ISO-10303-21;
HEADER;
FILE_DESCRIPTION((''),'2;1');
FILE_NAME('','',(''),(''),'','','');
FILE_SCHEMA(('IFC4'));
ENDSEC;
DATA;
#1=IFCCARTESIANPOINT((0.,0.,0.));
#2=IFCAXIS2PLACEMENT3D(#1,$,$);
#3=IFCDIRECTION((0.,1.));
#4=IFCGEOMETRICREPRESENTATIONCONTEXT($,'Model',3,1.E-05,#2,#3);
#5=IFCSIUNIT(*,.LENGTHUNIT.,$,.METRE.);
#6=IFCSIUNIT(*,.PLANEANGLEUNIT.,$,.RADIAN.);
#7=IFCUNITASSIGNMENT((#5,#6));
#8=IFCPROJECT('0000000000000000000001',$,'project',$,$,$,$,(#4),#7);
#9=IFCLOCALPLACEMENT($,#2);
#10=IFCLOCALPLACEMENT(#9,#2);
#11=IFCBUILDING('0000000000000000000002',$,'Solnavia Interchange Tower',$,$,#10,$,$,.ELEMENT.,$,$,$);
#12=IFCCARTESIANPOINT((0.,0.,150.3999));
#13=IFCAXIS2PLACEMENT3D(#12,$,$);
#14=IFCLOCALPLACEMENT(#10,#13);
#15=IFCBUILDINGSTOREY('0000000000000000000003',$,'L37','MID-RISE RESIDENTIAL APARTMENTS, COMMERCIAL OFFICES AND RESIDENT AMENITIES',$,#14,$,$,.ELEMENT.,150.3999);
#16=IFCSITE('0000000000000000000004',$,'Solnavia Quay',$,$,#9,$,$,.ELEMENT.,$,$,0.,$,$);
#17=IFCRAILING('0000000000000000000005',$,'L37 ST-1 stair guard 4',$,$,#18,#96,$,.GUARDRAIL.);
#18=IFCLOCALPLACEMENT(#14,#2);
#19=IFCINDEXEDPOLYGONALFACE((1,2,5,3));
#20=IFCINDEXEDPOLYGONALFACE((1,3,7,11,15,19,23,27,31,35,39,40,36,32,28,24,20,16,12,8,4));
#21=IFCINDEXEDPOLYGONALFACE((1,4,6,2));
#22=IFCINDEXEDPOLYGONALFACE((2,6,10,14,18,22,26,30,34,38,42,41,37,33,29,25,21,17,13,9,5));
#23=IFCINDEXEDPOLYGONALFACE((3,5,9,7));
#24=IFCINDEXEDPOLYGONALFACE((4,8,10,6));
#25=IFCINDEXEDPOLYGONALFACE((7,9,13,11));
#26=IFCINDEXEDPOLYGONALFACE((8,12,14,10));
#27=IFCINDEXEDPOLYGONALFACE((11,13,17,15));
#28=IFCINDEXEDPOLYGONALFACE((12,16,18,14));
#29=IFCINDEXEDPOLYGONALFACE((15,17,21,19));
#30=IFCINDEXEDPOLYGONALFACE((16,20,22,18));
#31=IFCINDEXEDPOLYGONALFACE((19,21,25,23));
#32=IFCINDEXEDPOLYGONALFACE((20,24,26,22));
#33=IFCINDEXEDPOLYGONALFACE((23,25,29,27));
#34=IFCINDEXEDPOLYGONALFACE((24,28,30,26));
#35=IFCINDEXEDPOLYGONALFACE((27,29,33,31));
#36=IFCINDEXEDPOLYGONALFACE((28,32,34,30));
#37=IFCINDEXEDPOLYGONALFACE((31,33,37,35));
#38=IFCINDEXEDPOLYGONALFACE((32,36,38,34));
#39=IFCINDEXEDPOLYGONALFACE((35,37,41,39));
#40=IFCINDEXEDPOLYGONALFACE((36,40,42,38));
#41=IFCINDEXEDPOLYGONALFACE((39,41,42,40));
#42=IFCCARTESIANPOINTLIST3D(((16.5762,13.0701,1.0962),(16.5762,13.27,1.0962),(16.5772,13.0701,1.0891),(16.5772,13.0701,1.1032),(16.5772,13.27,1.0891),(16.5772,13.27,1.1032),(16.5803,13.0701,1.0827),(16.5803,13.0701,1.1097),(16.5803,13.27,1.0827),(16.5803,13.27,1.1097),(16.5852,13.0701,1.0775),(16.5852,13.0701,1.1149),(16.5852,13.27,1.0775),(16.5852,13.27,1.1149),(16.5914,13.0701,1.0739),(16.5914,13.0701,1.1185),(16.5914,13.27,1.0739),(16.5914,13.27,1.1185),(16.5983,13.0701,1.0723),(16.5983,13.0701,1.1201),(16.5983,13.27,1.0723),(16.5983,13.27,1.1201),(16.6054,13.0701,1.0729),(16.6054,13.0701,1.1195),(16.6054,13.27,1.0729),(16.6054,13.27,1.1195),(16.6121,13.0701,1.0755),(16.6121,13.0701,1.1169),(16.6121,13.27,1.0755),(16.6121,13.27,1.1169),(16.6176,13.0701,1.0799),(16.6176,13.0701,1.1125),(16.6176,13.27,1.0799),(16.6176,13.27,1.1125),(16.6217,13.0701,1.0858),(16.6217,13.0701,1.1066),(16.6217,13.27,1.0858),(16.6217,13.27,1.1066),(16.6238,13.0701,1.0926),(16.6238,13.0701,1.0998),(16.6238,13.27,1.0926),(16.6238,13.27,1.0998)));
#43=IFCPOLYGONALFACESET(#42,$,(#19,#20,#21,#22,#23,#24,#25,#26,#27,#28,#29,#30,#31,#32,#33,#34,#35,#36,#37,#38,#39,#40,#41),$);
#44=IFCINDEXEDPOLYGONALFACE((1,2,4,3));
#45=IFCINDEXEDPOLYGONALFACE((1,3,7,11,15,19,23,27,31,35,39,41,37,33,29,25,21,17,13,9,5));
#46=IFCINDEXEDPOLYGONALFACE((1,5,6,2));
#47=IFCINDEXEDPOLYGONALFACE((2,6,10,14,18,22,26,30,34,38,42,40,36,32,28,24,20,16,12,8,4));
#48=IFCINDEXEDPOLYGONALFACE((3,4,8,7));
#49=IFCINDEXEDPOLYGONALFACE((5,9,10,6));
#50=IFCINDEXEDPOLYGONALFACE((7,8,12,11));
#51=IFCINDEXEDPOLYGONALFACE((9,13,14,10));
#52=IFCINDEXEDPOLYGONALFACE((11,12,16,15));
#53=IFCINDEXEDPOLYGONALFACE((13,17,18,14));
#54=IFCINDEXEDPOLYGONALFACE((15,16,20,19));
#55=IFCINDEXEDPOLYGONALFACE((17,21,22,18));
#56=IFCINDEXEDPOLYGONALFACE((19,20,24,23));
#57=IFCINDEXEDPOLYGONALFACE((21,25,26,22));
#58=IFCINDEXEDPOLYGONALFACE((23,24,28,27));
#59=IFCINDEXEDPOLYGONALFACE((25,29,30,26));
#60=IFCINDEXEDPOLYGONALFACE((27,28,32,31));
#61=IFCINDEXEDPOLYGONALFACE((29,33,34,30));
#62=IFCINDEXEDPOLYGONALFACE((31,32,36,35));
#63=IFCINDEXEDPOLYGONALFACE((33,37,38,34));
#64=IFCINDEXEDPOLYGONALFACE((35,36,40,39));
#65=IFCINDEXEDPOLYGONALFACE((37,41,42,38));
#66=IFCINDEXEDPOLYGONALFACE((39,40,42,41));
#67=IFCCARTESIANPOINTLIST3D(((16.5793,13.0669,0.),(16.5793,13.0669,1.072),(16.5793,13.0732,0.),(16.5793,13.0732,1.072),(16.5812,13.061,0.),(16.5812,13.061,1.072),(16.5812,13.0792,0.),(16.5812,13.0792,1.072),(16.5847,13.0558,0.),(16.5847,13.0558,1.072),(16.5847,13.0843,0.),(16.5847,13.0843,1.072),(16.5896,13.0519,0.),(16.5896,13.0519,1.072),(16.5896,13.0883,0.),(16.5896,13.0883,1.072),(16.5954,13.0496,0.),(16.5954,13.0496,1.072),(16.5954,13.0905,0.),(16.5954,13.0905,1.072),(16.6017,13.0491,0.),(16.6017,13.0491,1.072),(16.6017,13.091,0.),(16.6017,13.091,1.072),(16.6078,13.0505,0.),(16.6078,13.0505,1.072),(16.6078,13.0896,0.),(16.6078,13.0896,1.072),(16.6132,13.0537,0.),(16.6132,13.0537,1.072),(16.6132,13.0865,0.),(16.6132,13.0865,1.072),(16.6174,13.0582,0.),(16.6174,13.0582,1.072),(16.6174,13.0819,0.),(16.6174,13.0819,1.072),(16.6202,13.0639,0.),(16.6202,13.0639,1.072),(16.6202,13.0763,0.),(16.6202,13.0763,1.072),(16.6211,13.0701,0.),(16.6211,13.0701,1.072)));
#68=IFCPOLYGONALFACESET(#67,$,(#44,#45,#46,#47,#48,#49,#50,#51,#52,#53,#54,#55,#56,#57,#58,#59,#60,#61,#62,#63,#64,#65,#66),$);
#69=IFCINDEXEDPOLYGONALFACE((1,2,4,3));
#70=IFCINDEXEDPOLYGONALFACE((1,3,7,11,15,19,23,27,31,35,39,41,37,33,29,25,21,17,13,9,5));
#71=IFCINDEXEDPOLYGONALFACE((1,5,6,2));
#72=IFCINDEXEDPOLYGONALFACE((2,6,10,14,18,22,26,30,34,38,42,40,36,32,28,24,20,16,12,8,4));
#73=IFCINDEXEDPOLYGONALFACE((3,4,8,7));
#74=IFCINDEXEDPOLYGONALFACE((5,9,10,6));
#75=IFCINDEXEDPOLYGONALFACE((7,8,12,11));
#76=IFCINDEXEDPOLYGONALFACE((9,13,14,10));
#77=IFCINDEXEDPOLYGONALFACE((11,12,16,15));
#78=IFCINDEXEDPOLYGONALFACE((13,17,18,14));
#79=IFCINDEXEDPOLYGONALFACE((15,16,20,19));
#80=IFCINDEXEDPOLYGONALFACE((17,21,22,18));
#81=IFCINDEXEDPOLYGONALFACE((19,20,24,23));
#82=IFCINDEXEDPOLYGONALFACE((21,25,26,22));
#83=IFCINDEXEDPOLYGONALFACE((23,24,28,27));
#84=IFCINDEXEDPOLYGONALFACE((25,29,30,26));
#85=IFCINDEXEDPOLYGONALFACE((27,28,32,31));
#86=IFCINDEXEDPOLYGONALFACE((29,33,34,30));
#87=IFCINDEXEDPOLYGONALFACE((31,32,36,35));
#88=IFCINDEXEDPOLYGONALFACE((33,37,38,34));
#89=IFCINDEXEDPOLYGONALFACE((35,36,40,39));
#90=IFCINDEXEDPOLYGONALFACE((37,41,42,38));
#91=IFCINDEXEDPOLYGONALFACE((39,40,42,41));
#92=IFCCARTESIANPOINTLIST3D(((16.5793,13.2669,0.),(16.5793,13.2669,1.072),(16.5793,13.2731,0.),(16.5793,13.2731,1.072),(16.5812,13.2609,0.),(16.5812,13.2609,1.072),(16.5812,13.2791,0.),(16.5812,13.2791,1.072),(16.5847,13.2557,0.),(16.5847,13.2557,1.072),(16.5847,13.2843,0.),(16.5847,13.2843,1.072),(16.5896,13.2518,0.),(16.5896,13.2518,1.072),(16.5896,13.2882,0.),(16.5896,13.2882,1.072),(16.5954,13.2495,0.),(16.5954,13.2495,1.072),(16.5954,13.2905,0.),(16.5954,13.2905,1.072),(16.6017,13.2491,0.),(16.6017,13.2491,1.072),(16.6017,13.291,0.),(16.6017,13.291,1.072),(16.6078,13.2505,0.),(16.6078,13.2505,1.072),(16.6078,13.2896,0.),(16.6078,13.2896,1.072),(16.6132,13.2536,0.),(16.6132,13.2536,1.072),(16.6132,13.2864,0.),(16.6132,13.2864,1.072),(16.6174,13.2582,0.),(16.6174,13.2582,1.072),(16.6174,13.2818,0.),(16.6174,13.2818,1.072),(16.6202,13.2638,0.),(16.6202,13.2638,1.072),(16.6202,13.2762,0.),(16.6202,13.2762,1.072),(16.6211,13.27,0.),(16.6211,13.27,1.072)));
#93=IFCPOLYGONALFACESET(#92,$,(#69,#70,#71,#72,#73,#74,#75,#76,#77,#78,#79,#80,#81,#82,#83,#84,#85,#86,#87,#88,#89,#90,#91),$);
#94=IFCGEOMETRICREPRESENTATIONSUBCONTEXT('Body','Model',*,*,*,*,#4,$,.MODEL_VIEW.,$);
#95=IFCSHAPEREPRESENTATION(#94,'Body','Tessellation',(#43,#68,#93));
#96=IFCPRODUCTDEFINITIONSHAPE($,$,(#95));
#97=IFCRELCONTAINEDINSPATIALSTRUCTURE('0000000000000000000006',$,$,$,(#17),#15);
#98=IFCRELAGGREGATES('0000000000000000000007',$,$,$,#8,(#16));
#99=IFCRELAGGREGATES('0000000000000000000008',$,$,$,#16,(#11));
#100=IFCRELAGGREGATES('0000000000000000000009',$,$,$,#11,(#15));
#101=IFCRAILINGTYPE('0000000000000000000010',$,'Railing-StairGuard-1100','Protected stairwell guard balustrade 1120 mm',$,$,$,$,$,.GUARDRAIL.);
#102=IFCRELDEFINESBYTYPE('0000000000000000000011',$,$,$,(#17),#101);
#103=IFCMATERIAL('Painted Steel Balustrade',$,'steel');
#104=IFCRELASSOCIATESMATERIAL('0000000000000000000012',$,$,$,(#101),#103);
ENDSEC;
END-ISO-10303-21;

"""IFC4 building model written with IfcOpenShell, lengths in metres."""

from ifc_helpers import new_model, si_unit, direction, frame, origin, origin_2d, place, context, subcontext, project, spatial, circle, extrude, material, type_object, element, save


model = new_model("IFC4")

# Units and contexts
model_context = context("Model", 3, precision=1e-05, world=origin(), true_north=direction((0.0, 1.0)))
body_context = subcontext(model_context, "Body", "Model", "MODEL_VIEW")
ifc_project = project(units=[si_unit("LENGTHUNIT", "METRE"), si_unit("PLANEANGLEUNIT", "RADIAN")], contexts=[model_context])

# Site, building, storey
site_placement = place(None, origin())
site = spatial("IfcSite", under=ifc_project, at=site_placement, Name="Solnavia Quay", CompositionType="ELEMENT", RefElevation=0.0)
building_placement = place(site_placement, origin())
building = spatial("IfcBuilding", under=site, at=building_placement, Name="Solnavia Interchange Tower", CompositionType="ELEMENT")
storey_placement = place(building_placement, frame((0.0, 0.0, 150.3999)))
storey = spatial("IfcBuildingStorey", under=building, at=storey_placement, Name="L37", Description="MID-RISE RESIDENTIAL APARTMENTS, COMMERCIAL OFFICES AND RESIDENT AMENITIES", CompositionType="ELEMENT", Elevation=150.3999)

# Railing
ifc_material_1 = material(Name="Painted Steel Balustrade", Category="steel")
railing_type_1 = type_object("IfcRailingType", Name="Railing-StairGuard-1100", Description="Protected stairwell guard balustrade 1120 mm", PredefinedType="GUARDRAIL", material=ifc_material_1)
railing_1_placement = place(storey_placement, frame((16.6001, 13.0701, 0.0)))
element("IfcRailing", 1, at=railing_1_placement, inside=storey, type_object=railing_type_1, Name="L37 ST-1 stair guard 4", PredefinedType="GUARDRAIL", context=body_context, shape_type="SweptSolid", body=[
    extrude(circle(Radius=0.0239, at=origin_2d()), frame((0.0, 0.0, 1.0962), z_axis=(0.0, 1.0, 0.0), x_axis=(-1.0, 0.0, 0.0)), (0.0, 0.0, 1.0), 0.2),
    extrude(circle(Radius=0.021, at=origin_2d()), origin(), (0.0, 0.0, 1.0), 1.072),
    extrude(circle(Radius=0.021, at=origin_2d()), frame((0.0, 0.2, 0.0)), (0.0, 0.0, 1.0), 1.072),
])

save(model, "model.ifc")
